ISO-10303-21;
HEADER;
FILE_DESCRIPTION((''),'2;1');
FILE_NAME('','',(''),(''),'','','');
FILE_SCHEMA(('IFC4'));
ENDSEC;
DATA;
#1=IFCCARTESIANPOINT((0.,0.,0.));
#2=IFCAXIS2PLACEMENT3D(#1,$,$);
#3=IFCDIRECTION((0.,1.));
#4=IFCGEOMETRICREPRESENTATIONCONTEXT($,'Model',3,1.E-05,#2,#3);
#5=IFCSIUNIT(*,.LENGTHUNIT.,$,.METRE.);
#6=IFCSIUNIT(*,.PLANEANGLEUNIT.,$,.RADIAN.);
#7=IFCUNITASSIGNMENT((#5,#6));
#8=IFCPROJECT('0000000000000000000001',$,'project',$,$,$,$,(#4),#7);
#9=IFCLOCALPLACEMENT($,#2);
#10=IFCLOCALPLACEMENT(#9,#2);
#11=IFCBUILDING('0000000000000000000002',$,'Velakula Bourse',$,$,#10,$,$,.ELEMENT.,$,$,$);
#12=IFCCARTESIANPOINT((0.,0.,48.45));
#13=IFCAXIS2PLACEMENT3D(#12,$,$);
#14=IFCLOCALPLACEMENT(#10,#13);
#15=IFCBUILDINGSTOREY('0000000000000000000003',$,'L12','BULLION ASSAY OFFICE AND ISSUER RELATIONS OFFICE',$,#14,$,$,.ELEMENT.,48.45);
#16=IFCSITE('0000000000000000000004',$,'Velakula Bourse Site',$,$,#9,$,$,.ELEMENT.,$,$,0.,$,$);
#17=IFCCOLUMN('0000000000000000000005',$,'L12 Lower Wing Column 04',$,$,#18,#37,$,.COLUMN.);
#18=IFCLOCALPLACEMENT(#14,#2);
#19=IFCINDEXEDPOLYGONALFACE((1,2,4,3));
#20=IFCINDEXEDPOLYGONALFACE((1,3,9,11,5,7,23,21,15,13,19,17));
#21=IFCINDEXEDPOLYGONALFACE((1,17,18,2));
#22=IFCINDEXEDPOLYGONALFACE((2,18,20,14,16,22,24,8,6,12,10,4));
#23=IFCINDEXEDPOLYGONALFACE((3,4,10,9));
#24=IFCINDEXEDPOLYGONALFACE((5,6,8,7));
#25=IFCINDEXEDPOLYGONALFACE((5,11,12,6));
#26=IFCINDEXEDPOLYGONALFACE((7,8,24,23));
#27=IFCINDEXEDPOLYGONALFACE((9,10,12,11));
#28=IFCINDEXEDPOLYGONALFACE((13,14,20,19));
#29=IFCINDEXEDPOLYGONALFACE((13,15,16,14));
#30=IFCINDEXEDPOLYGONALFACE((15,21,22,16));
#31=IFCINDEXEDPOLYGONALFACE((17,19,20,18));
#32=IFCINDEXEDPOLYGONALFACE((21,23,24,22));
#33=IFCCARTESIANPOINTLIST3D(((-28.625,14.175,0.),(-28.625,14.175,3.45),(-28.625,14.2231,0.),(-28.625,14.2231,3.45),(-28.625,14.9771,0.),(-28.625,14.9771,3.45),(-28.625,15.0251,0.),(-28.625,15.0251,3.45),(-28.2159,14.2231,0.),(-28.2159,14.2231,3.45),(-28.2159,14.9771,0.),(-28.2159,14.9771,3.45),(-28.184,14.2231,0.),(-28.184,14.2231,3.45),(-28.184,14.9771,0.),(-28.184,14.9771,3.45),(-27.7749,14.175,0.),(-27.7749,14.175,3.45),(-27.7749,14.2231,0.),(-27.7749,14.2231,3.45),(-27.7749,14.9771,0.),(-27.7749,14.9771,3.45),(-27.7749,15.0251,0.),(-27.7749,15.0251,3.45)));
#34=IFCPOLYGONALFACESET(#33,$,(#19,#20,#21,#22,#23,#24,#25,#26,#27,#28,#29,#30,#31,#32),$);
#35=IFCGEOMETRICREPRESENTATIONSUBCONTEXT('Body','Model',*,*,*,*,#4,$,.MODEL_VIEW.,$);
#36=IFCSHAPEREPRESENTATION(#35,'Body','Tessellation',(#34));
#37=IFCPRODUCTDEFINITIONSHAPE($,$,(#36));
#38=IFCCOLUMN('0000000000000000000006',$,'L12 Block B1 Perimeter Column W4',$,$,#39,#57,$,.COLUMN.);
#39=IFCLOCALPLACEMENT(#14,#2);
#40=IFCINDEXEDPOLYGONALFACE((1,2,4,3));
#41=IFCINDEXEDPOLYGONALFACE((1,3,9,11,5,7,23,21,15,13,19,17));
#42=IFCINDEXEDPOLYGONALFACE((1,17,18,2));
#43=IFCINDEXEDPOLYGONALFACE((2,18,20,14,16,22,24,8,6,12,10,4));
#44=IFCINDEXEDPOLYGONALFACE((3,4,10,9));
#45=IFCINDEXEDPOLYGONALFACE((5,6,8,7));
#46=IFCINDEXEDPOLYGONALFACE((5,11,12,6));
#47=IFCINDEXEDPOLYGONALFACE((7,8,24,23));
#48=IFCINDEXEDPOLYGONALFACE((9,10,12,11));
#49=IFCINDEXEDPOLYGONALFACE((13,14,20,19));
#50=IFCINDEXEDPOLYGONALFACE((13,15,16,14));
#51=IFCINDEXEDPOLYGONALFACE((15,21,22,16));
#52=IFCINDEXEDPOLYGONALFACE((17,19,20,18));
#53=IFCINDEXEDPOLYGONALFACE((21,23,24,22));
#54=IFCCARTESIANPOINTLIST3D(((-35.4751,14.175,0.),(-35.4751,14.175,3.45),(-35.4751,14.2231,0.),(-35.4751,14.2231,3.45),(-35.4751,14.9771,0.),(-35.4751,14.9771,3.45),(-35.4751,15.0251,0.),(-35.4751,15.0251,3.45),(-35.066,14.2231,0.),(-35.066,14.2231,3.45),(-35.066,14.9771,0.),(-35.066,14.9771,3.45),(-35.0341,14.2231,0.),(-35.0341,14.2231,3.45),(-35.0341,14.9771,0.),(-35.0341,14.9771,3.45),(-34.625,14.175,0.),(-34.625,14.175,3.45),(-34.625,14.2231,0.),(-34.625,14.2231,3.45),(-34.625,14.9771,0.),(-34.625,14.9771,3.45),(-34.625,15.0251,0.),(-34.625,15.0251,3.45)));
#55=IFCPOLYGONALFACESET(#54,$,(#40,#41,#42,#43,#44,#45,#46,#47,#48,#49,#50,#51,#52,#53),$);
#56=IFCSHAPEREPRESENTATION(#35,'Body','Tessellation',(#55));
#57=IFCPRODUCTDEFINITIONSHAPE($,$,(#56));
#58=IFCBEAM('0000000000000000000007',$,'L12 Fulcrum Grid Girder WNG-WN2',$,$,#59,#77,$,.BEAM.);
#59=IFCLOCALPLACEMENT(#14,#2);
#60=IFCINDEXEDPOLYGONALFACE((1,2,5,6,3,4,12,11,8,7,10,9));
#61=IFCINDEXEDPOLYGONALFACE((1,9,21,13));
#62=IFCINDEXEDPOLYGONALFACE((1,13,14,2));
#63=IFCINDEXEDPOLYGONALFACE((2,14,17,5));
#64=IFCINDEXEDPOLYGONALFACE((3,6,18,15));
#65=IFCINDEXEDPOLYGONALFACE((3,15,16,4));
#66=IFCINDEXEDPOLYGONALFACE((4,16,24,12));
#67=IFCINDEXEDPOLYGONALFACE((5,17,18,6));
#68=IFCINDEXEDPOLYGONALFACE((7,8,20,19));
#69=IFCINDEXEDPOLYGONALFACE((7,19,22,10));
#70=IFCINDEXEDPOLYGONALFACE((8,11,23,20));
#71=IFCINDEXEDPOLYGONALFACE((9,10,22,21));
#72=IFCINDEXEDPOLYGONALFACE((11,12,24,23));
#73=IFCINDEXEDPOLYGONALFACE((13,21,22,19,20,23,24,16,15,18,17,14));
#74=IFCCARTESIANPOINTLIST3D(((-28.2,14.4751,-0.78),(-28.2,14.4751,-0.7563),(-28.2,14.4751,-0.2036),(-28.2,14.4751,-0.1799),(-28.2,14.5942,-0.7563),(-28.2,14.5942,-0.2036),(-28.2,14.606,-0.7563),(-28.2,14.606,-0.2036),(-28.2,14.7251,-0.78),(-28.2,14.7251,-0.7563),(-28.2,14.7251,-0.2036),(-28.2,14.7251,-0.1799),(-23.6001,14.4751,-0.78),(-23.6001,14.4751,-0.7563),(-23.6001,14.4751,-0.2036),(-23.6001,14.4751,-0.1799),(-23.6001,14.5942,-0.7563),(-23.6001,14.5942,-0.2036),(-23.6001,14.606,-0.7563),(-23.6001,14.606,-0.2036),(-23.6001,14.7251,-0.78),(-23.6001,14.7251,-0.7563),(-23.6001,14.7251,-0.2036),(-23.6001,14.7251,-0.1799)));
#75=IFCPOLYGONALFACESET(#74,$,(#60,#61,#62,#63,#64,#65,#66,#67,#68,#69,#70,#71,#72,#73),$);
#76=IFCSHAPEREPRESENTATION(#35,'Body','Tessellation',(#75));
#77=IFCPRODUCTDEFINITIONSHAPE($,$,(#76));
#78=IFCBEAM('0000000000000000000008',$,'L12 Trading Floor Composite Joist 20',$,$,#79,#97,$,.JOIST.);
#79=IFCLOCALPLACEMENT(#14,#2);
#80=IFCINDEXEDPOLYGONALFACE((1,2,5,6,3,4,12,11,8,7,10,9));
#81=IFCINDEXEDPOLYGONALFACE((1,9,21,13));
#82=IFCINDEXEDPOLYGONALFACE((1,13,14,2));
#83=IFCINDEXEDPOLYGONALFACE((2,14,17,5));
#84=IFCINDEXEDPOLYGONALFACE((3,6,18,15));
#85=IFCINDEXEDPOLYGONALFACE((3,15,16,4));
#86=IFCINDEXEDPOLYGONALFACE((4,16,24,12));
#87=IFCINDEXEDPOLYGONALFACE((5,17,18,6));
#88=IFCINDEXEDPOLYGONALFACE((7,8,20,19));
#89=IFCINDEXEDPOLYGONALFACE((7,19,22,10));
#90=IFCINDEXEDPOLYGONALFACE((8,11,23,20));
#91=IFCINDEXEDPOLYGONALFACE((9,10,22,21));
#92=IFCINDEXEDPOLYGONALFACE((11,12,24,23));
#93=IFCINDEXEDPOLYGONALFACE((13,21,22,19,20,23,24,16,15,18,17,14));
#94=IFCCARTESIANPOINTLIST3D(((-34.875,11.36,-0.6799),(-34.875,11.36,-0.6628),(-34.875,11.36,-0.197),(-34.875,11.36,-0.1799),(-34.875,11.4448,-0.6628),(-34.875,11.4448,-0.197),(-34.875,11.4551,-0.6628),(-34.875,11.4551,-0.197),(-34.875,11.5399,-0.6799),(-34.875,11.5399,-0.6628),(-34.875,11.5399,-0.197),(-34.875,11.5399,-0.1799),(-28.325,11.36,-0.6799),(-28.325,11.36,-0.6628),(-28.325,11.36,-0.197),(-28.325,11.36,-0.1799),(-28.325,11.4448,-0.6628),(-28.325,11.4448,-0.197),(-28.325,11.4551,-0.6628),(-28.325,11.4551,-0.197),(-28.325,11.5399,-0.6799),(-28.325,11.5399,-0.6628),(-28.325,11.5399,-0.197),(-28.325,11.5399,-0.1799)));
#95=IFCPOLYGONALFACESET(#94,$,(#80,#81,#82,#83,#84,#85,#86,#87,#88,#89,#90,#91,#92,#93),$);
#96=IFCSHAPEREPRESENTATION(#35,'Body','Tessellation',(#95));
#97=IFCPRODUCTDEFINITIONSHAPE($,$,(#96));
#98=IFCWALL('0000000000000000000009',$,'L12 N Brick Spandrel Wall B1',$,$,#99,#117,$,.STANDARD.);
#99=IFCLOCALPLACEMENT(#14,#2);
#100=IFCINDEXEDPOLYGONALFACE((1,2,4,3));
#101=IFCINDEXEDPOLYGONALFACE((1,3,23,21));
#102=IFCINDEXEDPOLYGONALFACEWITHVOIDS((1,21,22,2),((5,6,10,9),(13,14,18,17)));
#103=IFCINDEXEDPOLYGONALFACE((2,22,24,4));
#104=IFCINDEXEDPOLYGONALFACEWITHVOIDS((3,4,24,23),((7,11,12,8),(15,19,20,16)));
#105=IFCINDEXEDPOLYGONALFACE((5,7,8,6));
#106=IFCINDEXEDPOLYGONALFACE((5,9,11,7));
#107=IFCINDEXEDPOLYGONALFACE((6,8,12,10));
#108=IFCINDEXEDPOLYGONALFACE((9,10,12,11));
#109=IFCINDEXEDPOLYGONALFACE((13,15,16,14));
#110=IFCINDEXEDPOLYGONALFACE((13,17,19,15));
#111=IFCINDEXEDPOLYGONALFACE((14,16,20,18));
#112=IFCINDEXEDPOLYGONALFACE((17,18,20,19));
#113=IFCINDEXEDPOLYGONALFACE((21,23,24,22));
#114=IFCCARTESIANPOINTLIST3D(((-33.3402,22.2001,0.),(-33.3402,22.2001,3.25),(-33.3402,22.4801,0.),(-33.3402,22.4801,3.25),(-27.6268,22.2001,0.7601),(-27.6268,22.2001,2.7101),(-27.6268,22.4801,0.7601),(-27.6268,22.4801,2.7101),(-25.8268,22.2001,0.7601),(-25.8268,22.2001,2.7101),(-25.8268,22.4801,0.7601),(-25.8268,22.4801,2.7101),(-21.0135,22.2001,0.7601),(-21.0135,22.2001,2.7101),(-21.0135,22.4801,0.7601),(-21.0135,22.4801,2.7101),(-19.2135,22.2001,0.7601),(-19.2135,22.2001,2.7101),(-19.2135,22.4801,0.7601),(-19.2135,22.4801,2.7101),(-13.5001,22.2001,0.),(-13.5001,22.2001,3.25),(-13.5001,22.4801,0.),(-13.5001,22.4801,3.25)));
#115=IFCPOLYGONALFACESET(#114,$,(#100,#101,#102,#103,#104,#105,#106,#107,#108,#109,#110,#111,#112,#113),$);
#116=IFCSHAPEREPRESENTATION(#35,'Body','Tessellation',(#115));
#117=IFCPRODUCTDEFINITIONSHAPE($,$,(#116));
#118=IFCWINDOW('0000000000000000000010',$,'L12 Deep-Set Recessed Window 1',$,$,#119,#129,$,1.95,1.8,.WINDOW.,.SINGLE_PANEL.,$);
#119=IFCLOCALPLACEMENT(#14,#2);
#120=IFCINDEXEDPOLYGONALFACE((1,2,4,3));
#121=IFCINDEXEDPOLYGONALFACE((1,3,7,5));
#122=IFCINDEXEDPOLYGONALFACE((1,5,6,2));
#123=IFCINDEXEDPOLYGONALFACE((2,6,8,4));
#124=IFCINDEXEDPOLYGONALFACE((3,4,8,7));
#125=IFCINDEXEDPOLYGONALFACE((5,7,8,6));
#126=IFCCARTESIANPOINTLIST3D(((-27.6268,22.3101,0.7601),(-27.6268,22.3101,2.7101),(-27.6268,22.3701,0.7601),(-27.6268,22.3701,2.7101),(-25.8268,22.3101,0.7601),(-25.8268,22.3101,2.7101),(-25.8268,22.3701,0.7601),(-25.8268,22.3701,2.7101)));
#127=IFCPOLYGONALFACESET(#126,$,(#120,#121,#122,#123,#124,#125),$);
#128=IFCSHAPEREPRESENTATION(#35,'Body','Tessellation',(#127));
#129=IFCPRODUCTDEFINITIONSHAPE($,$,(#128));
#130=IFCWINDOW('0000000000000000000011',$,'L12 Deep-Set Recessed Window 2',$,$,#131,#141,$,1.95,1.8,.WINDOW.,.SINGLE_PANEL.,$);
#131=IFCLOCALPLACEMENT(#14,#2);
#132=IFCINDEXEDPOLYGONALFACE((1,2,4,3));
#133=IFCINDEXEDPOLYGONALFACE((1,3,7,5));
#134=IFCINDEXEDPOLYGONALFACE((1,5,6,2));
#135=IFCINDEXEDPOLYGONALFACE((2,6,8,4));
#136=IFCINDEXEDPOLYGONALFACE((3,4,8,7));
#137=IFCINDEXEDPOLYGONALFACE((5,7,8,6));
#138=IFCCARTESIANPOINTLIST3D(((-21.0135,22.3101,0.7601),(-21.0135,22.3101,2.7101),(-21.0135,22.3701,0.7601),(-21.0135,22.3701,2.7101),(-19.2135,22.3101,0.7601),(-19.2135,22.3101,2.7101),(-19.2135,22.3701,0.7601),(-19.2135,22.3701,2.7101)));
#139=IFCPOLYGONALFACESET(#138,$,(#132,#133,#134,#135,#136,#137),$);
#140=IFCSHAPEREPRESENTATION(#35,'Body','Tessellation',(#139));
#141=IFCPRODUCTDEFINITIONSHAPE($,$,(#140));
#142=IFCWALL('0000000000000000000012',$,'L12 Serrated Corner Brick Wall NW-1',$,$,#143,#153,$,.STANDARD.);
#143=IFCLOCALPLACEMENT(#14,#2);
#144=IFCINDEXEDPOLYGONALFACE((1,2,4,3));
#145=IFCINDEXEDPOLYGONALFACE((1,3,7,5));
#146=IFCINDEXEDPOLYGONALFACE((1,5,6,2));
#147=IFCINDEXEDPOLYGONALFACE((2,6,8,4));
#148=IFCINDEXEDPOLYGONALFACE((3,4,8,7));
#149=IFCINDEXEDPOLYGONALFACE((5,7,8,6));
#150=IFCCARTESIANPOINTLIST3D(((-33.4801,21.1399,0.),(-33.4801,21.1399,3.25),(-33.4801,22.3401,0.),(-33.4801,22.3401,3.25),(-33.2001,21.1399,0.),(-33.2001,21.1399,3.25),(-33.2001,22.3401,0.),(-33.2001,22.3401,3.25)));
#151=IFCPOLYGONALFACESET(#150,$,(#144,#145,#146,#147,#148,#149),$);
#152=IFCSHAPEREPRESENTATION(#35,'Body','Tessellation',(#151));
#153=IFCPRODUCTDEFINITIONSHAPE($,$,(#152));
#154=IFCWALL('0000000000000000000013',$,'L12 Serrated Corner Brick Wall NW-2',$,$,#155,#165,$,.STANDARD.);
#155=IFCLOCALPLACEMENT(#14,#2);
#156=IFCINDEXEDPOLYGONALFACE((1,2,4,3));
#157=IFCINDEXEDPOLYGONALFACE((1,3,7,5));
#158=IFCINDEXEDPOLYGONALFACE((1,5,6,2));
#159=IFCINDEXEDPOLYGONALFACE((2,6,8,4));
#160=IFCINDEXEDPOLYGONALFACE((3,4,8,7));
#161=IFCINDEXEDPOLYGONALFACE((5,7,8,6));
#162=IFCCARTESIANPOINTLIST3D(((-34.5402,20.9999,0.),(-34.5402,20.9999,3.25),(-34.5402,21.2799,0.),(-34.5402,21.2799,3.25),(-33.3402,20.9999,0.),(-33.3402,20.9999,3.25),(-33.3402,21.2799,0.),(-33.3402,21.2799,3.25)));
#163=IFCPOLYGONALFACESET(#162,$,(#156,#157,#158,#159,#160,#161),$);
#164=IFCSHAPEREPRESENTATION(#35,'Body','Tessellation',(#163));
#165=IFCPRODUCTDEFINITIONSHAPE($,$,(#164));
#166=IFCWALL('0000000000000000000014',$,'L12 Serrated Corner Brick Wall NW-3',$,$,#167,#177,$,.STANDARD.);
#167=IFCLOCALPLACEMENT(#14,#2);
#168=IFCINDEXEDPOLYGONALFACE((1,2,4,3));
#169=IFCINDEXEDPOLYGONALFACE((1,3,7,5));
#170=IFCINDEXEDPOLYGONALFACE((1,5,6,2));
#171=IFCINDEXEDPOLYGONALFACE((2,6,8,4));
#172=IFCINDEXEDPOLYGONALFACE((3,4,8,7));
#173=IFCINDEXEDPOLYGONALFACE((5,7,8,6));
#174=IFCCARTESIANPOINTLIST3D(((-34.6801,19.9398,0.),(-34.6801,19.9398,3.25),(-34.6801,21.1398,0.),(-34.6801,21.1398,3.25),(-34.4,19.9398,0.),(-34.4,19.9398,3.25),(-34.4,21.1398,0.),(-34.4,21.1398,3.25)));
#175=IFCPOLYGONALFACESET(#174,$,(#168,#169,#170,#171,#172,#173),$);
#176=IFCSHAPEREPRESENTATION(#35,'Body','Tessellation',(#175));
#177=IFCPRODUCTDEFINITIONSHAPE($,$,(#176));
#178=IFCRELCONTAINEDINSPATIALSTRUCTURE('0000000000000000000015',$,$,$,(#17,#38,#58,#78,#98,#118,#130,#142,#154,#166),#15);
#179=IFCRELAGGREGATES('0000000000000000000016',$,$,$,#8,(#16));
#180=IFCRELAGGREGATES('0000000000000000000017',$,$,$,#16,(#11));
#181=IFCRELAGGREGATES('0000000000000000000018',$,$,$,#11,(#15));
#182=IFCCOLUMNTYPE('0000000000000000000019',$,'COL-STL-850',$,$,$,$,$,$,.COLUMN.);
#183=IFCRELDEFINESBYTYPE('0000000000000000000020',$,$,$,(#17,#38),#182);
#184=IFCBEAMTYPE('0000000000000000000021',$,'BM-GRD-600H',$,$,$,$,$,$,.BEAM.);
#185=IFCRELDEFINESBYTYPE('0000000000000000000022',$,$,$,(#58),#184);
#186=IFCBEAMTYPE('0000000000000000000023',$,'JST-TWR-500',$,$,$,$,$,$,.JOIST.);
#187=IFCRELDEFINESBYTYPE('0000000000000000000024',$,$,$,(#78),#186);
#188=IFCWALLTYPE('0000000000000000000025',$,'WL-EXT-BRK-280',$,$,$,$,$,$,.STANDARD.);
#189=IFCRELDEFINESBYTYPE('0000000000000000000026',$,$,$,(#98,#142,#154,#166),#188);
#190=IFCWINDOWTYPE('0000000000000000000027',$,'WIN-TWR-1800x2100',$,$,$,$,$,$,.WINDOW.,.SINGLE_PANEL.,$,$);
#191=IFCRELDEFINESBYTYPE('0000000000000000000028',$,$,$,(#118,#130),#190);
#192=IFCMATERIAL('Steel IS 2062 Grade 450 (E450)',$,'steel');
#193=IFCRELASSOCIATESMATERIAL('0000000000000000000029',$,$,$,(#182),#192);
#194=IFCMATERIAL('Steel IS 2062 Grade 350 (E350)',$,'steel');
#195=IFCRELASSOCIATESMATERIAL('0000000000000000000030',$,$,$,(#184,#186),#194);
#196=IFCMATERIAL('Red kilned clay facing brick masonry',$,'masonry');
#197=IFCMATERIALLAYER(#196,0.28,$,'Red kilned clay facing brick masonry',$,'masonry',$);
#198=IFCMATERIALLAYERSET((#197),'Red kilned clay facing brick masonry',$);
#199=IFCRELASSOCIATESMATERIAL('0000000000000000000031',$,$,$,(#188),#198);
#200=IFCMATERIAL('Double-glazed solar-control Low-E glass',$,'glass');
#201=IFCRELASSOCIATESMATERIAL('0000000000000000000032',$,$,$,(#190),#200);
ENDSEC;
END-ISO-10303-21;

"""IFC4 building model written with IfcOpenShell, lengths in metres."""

from ifc_helpers import new_model, si_unit, direction, frame, frame_2d, origin, origin_2d, place, context, subcontext, project, spatial, rectangle, i_section, extrude, material, layer, layer_set, material_profile, profile_set, type_object, element, fill, save


model = new_model("IFC4")

# Units and contexts
model_context = context("Model", 3, precision=1e-05, world=origin(), true_north=direction((0.0, 1.0)))
body_context = subcontext(model_context, "Body", "Model", "MODEL_VIEW")
ifc_project = project(units=[si_unit("LENGTHUNIT", "METRE"), si_unit("PLANEANGLEUNIT", "RADIAN")], contexts=[model_context])

# Site, building, storey
site_placement = place(None, origin())
site = spatial("IfcSite", under=ifc_project, at=site_placement, Name="Velakula Bourse Site", CompositionType="ELEMENT", RefElevation=0.0)
building_placement = place(site_placement, origin())
building = spatial("IfcBuilding", under=site, at=building_placement, Name="Velakula Bourse", CompositionType="ELEMENT")
storey_placement = place(building_placement, frame((0.0, 0.0, 48.45)))
storey = spatial("IfcBuildingStorey", under=building, at=storey_placement, Name="L12", Description="BULLION ASSAY OFFICE AND ISSUER RELATIONS OFFICE", CompositionType="ELEMENT", Elevation=48.45)

# Columns
ifc_material_1 = material(Name="Steel IS 2062 Grade 450 (E450)", Category="steel")
ifc_material_profile_1 = material_profile(ifc_material_1, i_section(OverallWidth=0.8501, OverallDepth=0.8501, WebThickness=0.032, FlangeThickness=0.0481, at=origin_2d()), Name="Steel IS 2062 Grade 450 (E450)")
ifc_profile_set_1 = profile_set([ifc_material_profile_1], Name="Steel IS 2062 Grade 450 (E450)")
column_type = type_object("IfcColumnType", Name="COL-STL-850", PredefinedType="COLUMN", material=ifc_profile_set_1)
for number, where, z_axis, x_axis, name in (
    (1, (-28.2, 14.6001, 0.0), (0.0, 0.0, 1.0), (1.0, 0.0, 0.0), "L12 Lower Wing Column 04"),
    (2, (-35.05, 14.6001, 0.0), (0.0, 0.0, 1.0), (1.0, 0.0, 0.0), "L12 Block B1 Perimeter Column W4"),
):
    element("IfcColumn", number, at=place(storey_placement, frame(where, z_axis=z_axis, x_axis=x_axis)), inside=storey, type_object=column_type, Name=name, PredefinedType="COLUMN", context=body_context, shape_type="SweptSolid", body=[
        extrude(i_section(OverallWidth=0.8501, OverallDepth=0.8501, WebThickness=0.032, FlangeThickness=0.0481, at=origin_2d()), origin(), (0.0, 0.0, 1.0), 3.45),
    ])

# Beams
ifc_material_2 = material(Name="Steel IS 2062 Grade 350 (E350)", Category="steel")
ifc_material_profile_2 = material_profile(ifc_material_2, i_section(OverallWidth=0.25, OverallDepth=0.6001, WebThickness=0.0117, FlangeThickness=0.0237, at=origin_2d()), Name="Steel IS 2062 Grade 350 (E350)")
ifc_profile_set_2 = profile_set([ifc_material_profile_2], Name="Steel IS 2062 Grade 350 (E350)")
beam_type_1 = type_object("IfcBeamType", Name="BM-GRD-600H", PredefinedType="BEAM", material=ifc_profile_set_2)
beam_1_placement = place(storey_placement, frame((-28.2, 14.6001, -0.48), z_axis=(1.0, 0.0, 0.0), x_axis=(0.0, 1.0, 0.0)))
element("IfcBeam", 3, at=beam_1_placement, inside=storey, type_object=beam_type_1, Name="L12 Fulcrum Grid Girder WNG-WN2", PredefinedType="BEAM", context=body_context, shape_type="SweptSolid", body=[
    extrude(i_section(OverallWidth=0.25, OverallDepth=0.6001, WebThickness=0.0117, FlangeThickness=0.0237, at=origin_2d()), origin(), (0.0, 0.0, 1.0), 4.5999),
])
ifc_material_profile_3 = material_profile(ifc_material_2, i_section(OverallWidth=0.1799, OverallDepth=0.5, WebThickness=0.0103, FlangeThickness=0.0171, at=origin_2d()), Name="Steel IS 2062 Grade 350 (E350)")
ifc_profile_set_3 = profile_set([ifc_material_profile_3], Name="Steel IS 2062 Grade 350 (E350)")
beam_type_2 = type_object("IfcBeamType", Name="JST-TWR-500", PredefinedType="JOIST", material=ifc_profile_set_3)
beam_2_placement = place(storey_placement, frame((-34.875, 11.45, -0.4299), z_axis=(1.0, 0.0, 0.0), x_axis=(0.0, 1.0, 0.0)))
element("IfcBeam", 4, at=beam_2_placement, inside=storey, type_object=beam_type_2, Name="L12 Trading Floor Composite Joist 20", PredefinedType="JOIST", context=body_context, shape_type="SweptSolid", body=[
    extrude(i_section(OverallWidth=0.1799, OverallDepth=0.5, WebThickness=0.0103, FlangeThickness=0.0171, at=origin_2d()), origin(), (0.0, 0.0, 1.0), 6.55),
])

# Wall, openings, windows
ifc_material_3 = material(Name="Red kilned clay facing brick masonry", Category="masonry")
ifc_layer_1 = layer(ifc_material_3, 0.28, Name="Red kilned clay facing brick masonry", Category="masonry")
ifc_layer_set_1 = layer_set([ifc_layer_1], Name="Red kilned clay facing brick masonry")
wall_type_1 = type_object("IfcWallType", Name="WL-EXT-BRK-280", PredefinedType="STANDARD", material=ifc_layer_set_1)
wall_1_placement = place(storey_placement, frame((-33.3401, 22.3401, 0.0), z_axis=(0.0, 0.0, 1.0), x_axis=(1.0, 0.0, 0.0)))
wall_1 = element("IfcWall", 5, at=wall_1_placement, inside=storey, type_object=wall_type_1, Name="L12 N Brick Spandrel Wall B1", PredefinedType="STANDARD", context=body_context, shape_type="SweptSolid", body=[
    extrude(rectangle(XDim=19.8401, YDim=0.28, at=frame_2d((9.9199, 0.0))), origin(), (0.0, 0.0, 1.0), 3.25),
])
opening_1_placement = place(wall_1_placement, frame((5.7134, 0.0, 0.76)))
opening_1 = element("IfcOpeningElement", 6, at=opening_1_placement, cuts=wall_1, PredefinedType="OPENING", context=body_context, shape_type="SweptSolid", body=[
    extrude(rectangle(XDim=1.8, YDim=1.95, at=frame_2d((0.8999, 0.9751))), frame((0.0, 0.1499, 0.0), z_axis=(0.0, -1.0, 0.0), x_axis=(1.0, 0.0, 0.0)), (0.0, 0.0, 1.0), 0.3),
])
opening_2_placement = place(wall_1_placement, frame((12.3267, 0.0, 0.76)))
opening_2 = element("IfcOpeningElement", 7, at=opening_2_placement, cuts=wall_1, PredefinedType="OPENING", context=body_context, shape_type="SweptSolid", body=[
    extrude(rectangle(XDim=1.8, YDim=1.95, at=frame_2d((0.8999, 0.9751))), frame((0.0, 0.1499, 0.0), z_axis=(0.0, -1.0, 0.0), x_axis=(1.0, 0.0, 0.0)), (0.0, 0.0, 1.0), 0.3),
])
ifc_material_4 = material(Name="Double-glazed solar-control Low-E glass", Category="glass")
window_type = type_object("IfcWindowType", Name="WIN-TWR-1800x2100", PartitioningType="SINGLE_PANEL", PredefinedType="WINDOW", material=ifc_material_4)
window_1_placement = place(opening_1_placement, origin())
window_1 = element("IfcWindow", 8, at=window_1_placement, inside=storey, type_object=window_type, Name="L12 Deep-Set Recessed Window 1", OverallHeight=1.95, OverallWidth=1.8, PartitioningType="SINGLE_PANEL", PredefinedType="WINDOW", context=body_context, shape_type="SweptSolid", body=[
    extrude(rectangle(XDim=1.8, YDim=1.95, at=frame_2d((0.8999, 0.9751))), frame((0.0, 0.03, 0.0), z_axis=(0.0, -1.0, 0.0), x_axis=(1.0, 0.0, 0.0)), (0.0, 0.0, 1.0), 0.0601),
])
fill(opening_1, window_1)
window_2_placement = place(opening_2_placement, origin())
window_2 = element("IfcWindow", 9, at=window_2_placement, inside=storey, type_object=window_type, Name="L12 Deep-Set Recessed Window 2", OverallHeight=1.95, OverallWidth=1.8, PartitioningType="SINGLE_PANEL", PredefinedType="WINDOW", context=body_context, shape_type="SweptSolid", body=[
    extrude(rectangle(XDim=1.8, YDim=1.95, at=frame_2d((0.8999, 0.9751))), frame((0.0, 0.03, 0.0), z_axis=(0.0, -1.0, 0.0), x_axis=(1.0, 0.0, 0.0)), (0.0, 0.0, 1.0), 0.0601),
])
fill(opening_2, window_2)

# Walls
wall_2_placement = place(storey_placement, frame((-33.3401, 22.3401, 0.0), z_axis=(0.0, 0.0, 1.0), x_axis=(0.0, -1.0, 0.0)))
element("IfcWall", 10, at=wall_2_placement, inside=storey, type_object=wall_type_1, Name="L12 Serrated Corner Brick Wall NW-1", PredefinedType="STANDARD", context=body_context, shape_type="SweptSolid", body=[
    extrude(rectangle(XDim=1.2002, YDim=0.28, at=frame_2d((0.6001, 0.0))), origin(), (0.0, 0.0, 1.0), 3.25),
])
for number, where, z_axis, x_axis, name in (
    (11, (-33.3401, 21.1399, 0.0), (0.0, 0.0, 1.0), (-1.0, 0.0, 0.0), "L12 Serrated Corner Brick Wall NW-2"),
    (12, (-34.54, 21.1399, 0.0), (0.0, 0.0, 1.0), (0.0, -1.0, 0.0), "L12 Serrated Corner Brick Wall NW-3"),
):
    element("IfcWall", number, at=place(storey_placement, frame(where, z_axis=z_axis, x_axis=x_axis)), inside=storey, type_object=wall_type_1, Name=name, PredefinedType="STANDARD", context=body_context, shape_type="SweptSolid", body=[
        extrude(rectangle(XDim=1.2, YDim=0.28, at=frame_2d((0.6001, 0.0))), origin(), (0.0, 0.0, 1.0), 3.25),
    ])

save(model, "model.ifc")
